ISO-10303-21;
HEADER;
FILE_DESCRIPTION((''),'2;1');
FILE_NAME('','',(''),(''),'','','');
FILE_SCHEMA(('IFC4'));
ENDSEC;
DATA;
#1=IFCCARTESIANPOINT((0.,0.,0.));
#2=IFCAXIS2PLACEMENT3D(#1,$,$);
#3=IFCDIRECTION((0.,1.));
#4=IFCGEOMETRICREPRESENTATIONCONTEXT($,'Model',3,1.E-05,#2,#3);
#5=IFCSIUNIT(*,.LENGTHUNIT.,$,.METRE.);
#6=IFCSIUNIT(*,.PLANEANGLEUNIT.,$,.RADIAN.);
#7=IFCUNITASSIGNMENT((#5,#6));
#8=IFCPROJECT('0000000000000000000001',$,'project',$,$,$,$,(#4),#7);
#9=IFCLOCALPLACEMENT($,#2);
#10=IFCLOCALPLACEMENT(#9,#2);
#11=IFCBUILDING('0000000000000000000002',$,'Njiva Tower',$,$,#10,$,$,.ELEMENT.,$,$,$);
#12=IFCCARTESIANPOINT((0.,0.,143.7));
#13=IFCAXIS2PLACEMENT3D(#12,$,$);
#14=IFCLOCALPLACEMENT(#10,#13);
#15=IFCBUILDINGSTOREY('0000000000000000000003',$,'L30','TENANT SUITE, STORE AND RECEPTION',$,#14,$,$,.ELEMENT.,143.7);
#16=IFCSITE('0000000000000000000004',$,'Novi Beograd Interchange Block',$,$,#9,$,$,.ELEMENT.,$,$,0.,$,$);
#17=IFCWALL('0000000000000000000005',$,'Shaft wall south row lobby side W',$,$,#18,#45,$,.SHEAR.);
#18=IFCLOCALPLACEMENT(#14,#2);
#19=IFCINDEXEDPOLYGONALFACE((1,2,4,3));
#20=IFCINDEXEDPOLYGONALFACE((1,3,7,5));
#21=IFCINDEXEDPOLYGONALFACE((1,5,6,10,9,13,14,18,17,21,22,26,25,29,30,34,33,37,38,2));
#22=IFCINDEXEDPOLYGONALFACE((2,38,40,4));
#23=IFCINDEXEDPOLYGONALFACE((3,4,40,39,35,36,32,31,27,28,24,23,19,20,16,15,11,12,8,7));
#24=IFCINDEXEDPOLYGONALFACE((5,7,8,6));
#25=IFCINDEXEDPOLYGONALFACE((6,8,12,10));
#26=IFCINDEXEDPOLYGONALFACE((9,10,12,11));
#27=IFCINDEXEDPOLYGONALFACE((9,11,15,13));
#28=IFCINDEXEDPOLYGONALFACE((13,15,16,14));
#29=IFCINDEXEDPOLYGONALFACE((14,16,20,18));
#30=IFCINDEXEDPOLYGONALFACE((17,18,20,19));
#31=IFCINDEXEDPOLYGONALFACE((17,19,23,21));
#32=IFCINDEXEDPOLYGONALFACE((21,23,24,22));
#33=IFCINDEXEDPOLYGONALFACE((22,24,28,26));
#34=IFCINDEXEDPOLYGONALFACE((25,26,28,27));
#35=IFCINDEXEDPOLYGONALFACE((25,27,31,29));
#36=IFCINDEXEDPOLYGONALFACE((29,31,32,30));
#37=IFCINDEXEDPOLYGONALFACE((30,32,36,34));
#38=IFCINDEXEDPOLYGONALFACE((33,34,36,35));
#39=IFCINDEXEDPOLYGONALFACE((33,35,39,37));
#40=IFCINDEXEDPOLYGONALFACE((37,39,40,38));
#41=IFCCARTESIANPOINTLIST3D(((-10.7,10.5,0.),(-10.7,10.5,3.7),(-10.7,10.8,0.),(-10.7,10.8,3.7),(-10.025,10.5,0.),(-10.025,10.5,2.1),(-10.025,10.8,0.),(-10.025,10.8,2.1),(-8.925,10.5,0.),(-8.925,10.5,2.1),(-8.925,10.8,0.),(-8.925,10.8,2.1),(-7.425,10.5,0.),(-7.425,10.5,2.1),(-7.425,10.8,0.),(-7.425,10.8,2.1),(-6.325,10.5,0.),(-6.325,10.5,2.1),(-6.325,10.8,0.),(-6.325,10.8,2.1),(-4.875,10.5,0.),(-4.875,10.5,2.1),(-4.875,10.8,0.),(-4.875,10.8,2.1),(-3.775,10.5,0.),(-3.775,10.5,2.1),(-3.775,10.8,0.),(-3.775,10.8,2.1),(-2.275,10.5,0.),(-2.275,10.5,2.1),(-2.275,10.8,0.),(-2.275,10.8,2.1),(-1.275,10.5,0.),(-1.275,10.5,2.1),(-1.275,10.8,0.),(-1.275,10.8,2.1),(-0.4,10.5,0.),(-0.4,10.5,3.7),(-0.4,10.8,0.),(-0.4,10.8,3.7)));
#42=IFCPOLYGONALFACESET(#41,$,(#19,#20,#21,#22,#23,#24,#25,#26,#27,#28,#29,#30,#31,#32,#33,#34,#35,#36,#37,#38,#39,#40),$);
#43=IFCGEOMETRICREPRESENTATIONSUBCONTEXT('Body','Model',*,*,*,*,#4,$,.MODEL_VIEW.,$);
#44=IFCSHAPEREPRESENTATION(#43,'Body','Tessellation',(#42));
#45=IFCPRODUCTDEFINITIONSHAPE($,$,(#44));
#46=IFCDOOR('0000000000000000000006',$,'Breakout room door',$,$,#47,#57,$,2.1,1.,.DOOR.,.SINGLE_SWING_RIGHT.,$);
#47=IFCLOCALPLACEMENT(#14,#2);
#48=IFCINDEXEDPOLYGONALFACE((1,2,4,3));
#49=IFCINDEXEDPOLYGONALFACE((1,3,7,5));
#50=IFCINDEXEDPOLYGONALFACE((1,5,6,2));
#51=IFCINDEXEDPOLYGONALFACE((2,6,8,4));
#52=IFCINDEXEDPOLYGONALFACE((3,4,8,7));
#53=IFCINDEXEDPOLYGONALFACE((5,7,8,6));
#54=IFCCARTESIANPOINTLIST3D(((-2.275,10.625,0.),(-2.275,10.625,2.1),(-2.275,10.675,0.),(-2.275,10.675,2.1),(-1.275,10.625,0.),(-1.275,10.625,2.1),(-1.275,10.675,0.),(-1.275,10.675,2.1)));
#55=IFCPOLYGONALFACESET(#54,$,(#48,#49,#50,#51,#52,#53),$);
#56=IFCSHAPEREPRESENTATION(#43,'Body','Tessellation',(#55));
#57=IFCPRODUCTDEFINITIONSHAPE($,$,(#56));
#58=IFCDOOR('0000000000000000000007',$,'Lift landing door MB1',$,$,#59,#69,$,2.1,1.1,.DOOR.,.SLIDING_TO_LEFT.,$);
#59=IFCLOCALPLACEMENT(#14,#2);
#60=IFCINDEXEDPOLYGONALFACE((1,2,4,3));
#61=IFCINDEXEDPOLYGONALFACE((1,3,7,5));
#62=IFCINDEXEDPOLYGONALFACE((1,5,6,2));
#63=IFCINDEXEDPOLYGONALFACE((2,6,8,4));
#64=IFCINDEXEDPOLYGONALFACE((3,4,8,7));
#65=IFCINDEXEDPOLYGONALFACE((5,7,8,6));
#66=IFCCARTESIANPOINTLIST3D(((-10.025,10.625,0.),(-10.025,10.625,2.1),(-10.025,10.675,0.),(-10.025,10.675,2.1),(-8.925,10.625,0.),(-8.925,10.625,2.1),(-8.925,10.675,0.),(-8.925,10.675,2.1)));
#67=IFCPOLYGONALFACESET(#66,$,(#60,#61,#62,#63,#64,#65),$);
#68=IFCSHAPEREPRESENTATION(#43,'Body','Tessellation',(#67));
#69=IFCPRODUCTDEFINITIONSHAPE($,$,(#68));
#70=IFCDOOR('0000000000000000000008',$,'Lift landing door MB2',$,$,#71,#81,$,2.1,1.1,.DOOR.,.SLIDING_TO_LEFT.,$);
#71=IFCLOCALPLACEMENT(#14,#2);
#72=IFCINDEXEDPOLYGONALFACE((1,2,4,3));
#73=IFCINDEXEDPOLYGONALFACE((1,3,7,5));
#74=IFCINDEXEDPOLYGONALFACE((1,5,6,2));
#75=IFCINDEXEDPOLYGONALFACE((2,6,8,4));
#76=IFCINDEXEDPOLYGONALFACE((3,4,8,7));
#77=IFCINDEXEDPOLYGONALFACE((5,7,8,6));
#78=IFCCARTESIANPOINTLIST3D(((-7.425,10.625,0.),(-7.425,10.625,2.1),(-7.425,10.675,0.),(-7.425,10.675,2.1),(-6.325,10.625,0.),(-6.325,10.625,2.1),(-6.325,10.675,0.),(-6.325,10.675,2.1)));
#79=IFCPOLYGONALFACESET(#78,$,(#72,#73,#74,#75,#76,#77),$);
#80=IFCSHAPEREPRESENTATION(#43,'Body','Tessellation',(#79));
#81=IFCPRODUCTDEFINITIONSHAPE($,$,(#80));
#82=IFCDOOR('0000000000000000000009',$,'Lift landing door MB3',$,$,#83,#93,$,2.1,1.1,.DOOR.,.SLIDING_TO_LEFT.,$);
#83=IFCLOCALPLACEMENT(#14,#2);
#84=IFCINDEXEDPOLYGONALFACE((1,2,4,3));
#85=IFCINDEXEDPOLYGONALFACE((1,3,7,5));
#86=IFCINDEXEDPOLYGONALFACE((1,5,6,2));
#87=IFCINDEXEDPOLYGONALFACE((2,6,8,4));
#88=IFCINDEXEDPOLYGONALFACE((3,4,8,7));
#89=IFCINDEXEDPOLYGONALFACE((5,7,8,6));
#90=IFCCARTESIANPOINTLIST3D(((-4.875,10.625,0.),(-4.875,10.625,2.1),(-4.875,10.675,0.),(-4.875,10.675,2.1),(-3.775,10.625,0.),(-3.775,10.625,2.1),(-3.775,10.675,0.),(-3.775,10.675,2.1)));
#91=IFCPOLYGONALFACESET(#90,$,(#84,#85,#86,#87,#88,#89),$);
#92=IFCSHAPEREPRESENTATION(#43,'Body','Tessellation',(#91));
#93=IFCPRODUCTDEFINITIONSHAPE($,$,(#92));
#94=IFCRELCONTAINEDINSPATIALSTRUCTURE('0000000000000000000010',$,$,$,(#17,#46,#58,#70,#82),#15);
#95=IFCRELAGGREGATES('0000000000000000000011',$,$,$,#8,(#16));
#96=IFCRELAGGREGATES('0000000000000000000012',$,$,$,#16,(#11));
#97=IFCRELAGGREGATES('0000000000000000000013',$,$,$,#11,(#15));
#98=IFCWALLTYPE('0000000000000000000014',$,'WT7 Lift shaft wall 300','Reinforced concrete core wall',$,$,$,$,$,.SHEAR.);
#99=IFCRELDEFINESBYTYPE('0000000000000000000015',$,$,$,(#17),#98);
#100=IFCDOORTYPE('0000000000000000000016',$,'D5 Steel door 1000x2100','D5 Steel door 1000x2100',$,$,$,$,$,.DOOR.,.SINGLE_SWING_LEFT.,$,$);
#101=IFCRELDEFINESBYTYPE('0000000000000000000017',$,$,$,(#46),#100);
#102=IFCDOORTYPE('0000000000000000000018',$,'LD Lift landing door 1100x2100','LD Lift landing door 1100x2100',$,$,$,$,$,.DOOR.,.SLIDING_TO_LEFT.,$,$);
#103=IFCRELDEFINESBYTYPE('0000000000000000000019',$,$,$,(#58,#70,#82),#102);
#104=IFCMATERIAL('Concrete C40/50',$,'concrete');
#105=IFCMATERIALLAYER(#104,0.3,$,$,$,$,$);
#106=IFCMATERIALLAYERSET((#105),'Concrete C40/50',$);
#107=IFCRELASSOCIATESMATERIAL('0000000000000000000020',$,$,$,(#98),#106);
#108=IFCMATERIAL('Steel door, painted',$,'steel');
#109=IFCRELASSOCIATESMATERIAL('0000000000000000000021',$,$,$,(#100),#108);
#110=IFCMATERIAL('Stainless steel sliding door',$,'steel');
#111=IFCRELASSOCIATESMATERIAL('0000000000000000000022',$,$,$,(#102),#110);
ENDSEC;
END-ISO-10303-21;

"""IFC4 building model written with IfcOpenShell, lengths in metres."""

from ifc_helpers import new_model, si_unit, direction, frame, frame_2d, origin, place, context, subcontext, project, spatial, rectangle, extrude, material, layer, layer_set, type_object, element, fill, save


model = new_model("IFC4")

# Units and contexts
model_context = context("Model", 3, precision=1e-05, world=origin(), true_north=direction((0.0, 1.0)))
body_context = subcontext(model_context, "Body", "Model", "MODEL_VIEW")
ifc_project = project(units=[si_unit("LENGTHUNIT", "METRE"), si_unit("PLANEANGLEUNIT", "RADIAN")], contexts=[model_context])

# Site, building, storey
site_placement = place(None, origin())
site = spatial("IfcSite", under=ifc_project, at=site_placement, Name="Novi Beograd Interchange Block", CompositionType="ELEMENT", RefElevation=0.0)
building_placement = place(site_placement, origin())
building = spatial("IfcBuilding", under=site, at=building_placement, Name="Njiva Tower", CompositionType="ELEMENT")
storey_placement = place(building_placement, frame((0.0, 0.0, 143.7)))
storey = spatial("IfcBuildingStorey", under=building, at=storey_placement, Name="L30", Description="TENANT SUITE, STORE AND RECEPTION", CompositionType="ELEMENT", Elevation=143.7)

# Wall, openings, doors
ifc_material_1 = material(Name="Concrete C40/50", Category="concrete")
ifc_layer = layer(ifc_material_1, 0.3)
ifc_layer_set = layer_set([ifc_layer], Name="Concrete C40/50")
wall_type = type_object("IfcWallType", Name="WT7 Lift shaft wall 300", Description="Reinforced concrete core wall", PredefinedType="SHEAR", material=ifc_layer_set)
ifc_material_2 = material(Name="Steel door, painted", Category="steel")
door_type_1 = type_object("IfcDoorType", Name="D5 Steel door 1000x2100", Description="D5 Steel door 1000x2100", OperationType="SINGLE_SWING_LEFT", PredefinedType="DOOR", material=ifc_material_2)
ifc_material_3 = material(Name="Stainless steel sliding door", Category="steel")
door_type_2 = type_object("IfcDoorType", Name="LD Lift landing door 1100x2100", Description="LD Lift landing door 1100x2100", OperationType="SLIDING_TO_LEFT", PredefinedType="DOOR", material=ifc_material_3)
wall_1_placement = place(storey_placement, frame((-10.7, 10.65, 0.0), z_axis=(0.0, 0.0, 1.0), x_axis=(1.0, 0.0, 0.0)))
wall_1 = element("IfcWall", 1, at=wall_1_placement, inside=storey, type_object=wall_type, Name="Shaft wall south row lobby side W", PredefinedType="SHEAR", context=body_context, shape_type="SweptSolid", body=[
    extrude(rectangle(XDim=10.3, YDim=0.3, at=frame_2d((5.15, 0.0))), origin(), (0.0, 0.0, 1.0), 3.7),
])
opening_1_placement = place(wall_1_placement, frame((0.675, 0.0, 0.0)))
opening_1 = element("IfcOpeningElement", 2, at=opening_1_placement, cuts=wall_1, PredefinedType="OPENING", context=body_context, shape_type="SweptSolid", body=[
    extrude(rectangle(XDim=1.1, YDim=2.1, at=frame_2d((0.55, 1.05))), frame((0.0, 0.16, 0.0), z_axis=(0.0, -1.0, 0.0), x_axis=(1.0, 0.0, 0.0)), (0.0, 0.0, 1.0), 0.32),
])
opening_2_placement = place(wall_1_placement, frame((3.275, 0.0, 0.0)))
opening_2 = element("IfcOpeningElement", 3, at=opening_2_placement, cuts=wall_1, PredefinedType="OPENING", context=body_context, shape_type="SweptSolid", body=[
    extrude(rectangle(XDim=1.1, YDim=2.1, at=frame_2d((0.55, 1.05))), frame((0.0, 0.16, 0.0), z_axis=(0.0, -1.0, 0.0), x_axis=(1.0, 0.0, 0.0)), (0.0, 0.0, 1.0), 0.32),
])
opening_3_placement = place(wall_1_placement, frame((5.825, 0.0, 0.0)))
opening_3 = element("IfcOpeningElement", 4, at=opening_3_placement, cuts=wall_1, PredefinedType="OPENING", context=body_context, shape_type="SweptSolid", body=[
    extrude(rectangle(XDim=1.1, YDim=2.1, at=frame_2d((0.55, 1.05))), frame((0.0, 0.16, 0.0), z_axis=(0.0, -1.0, 0.0), x_axis=(1.0, 0.0, 0.0)), (0.0, 0.0, 1.0), 0.32),
])
opening_4_placement = place(wall_1_placement, frame((8.425, 0.0, 0.0)))
opening_4 = element("IfcOpeningElement", 5, at=opening_4_placement, cuts=wall_1, PredefinedType="OPENING", context=body_context, shape_type="SweptSolid", body=[
    extrude(rectangle(XDim=1.0, YDim=2.1, at=frame_2d((0.5, 1.05))), frame((0.0, 0.16, 0.0), z_axis=(0.0, -1.0, 0.0), x_axis=(1.0, 0.0, 0.0)), (0.0, 0.0, 1.0), 0.32),
])
door_1_placement = place(opening_4_placement, origin())
door_1 = element("IfcDoor", 6, at=door_1_placement, inside=storey, type_object=door_type_1, Name="Breakout room door", OperationType="SINGLE_SWING_RIGHT", OverallHeight=2.1, OverallWidth=1.0, PredefinedType="DOOR", context=body_context, shape_type="SweptSolid", body=[
    extrude(rectangle(XDim=1.0, YDim=2.1, at=frame_2d((0.5, 1.05))), frame((0.0, 0.025, 0.0), z_axis=(0.0, -1.0, 0.0), x_axis=(1.0, 0.0, 0.0)), (0.0, 0.0, 1.0), 0.05),
])
fill(opening_4, door_1)
door_2_placement = place(opening_1_placement, origin())
door_2 = element("IfcDoor", 7, at=door_2_placement, inside=storey, type_object=door_type_2, Name="Lift landing door MB1", OperationType="SLIDING_TO_LEFT", OverallHeight=2.1, OverallWidth=1.1, PredefinedType="DOOR", context=body_context, shape_type="SweptSolid", body=[
    extrude(rectangle(XDim=1.1, YDim=2.1, at=frame_2d((0.55, 1.05))), frame((0.0, 0.025, 0.0), z_axis=(0.0, -1.0, 0.0), x_axis=(1.0, 0.0, 0.0)), (0.0, 0.0, 1.0), 0.05),
])
fill(opening_1, door_2)
door_3_placement = place(opening_2_placement, origin())
door_3 = element("IfcDoor", 8, at=door_3_placement, inside=storey, type_object=door_type_2, Name="Lift landing door MB2", OperationType="SLIDING_TO_LEFT", OverallHeight=2.1, OverallWidth=1.1, PredefinedType="DOOR", context=body_context, shape_type="SweptSolid", body=[
    extrude(rectangle(XDim=1.1, YDim=2.1, at=frame_2d((0.55, 1.05))), frame((0.0, 0.025, 0.0), z_axis=(0.0, -1.0, 0.0), x_axis=(1.0, 0.0, 0.0)), (0.0, 0.0, 1.0), 0.05),
])
fill(opening_2, door_3)
door_4_placement = place(opening_3_placement, origin())
door_4 = element("IfcDoor", 9, at=door_4_placement, inside=storey, type_object=door_type_2, Name="Lift landing door MB3", OperationType="SLIDING_TO_LEFT", OverallHeight=2.1, OverallWidth=1.1, PredefinedType="DOOR", context=body_context, shape_type="SweptSolid", body=[
    extrude(rectangle(XDim=1.1, YDim=2.1, at=frame_2d((0.55, 1.05))), frame((0.0, 0.025, 0.0), z_axis=(0.0, -1.0, 0.0), x_axis=(1.0, 0.0, 0.0)), (0.0, 0.0, 1.0), 0.05),
])
fill(opening_3, door_4)

save(model, "model.ifc")
